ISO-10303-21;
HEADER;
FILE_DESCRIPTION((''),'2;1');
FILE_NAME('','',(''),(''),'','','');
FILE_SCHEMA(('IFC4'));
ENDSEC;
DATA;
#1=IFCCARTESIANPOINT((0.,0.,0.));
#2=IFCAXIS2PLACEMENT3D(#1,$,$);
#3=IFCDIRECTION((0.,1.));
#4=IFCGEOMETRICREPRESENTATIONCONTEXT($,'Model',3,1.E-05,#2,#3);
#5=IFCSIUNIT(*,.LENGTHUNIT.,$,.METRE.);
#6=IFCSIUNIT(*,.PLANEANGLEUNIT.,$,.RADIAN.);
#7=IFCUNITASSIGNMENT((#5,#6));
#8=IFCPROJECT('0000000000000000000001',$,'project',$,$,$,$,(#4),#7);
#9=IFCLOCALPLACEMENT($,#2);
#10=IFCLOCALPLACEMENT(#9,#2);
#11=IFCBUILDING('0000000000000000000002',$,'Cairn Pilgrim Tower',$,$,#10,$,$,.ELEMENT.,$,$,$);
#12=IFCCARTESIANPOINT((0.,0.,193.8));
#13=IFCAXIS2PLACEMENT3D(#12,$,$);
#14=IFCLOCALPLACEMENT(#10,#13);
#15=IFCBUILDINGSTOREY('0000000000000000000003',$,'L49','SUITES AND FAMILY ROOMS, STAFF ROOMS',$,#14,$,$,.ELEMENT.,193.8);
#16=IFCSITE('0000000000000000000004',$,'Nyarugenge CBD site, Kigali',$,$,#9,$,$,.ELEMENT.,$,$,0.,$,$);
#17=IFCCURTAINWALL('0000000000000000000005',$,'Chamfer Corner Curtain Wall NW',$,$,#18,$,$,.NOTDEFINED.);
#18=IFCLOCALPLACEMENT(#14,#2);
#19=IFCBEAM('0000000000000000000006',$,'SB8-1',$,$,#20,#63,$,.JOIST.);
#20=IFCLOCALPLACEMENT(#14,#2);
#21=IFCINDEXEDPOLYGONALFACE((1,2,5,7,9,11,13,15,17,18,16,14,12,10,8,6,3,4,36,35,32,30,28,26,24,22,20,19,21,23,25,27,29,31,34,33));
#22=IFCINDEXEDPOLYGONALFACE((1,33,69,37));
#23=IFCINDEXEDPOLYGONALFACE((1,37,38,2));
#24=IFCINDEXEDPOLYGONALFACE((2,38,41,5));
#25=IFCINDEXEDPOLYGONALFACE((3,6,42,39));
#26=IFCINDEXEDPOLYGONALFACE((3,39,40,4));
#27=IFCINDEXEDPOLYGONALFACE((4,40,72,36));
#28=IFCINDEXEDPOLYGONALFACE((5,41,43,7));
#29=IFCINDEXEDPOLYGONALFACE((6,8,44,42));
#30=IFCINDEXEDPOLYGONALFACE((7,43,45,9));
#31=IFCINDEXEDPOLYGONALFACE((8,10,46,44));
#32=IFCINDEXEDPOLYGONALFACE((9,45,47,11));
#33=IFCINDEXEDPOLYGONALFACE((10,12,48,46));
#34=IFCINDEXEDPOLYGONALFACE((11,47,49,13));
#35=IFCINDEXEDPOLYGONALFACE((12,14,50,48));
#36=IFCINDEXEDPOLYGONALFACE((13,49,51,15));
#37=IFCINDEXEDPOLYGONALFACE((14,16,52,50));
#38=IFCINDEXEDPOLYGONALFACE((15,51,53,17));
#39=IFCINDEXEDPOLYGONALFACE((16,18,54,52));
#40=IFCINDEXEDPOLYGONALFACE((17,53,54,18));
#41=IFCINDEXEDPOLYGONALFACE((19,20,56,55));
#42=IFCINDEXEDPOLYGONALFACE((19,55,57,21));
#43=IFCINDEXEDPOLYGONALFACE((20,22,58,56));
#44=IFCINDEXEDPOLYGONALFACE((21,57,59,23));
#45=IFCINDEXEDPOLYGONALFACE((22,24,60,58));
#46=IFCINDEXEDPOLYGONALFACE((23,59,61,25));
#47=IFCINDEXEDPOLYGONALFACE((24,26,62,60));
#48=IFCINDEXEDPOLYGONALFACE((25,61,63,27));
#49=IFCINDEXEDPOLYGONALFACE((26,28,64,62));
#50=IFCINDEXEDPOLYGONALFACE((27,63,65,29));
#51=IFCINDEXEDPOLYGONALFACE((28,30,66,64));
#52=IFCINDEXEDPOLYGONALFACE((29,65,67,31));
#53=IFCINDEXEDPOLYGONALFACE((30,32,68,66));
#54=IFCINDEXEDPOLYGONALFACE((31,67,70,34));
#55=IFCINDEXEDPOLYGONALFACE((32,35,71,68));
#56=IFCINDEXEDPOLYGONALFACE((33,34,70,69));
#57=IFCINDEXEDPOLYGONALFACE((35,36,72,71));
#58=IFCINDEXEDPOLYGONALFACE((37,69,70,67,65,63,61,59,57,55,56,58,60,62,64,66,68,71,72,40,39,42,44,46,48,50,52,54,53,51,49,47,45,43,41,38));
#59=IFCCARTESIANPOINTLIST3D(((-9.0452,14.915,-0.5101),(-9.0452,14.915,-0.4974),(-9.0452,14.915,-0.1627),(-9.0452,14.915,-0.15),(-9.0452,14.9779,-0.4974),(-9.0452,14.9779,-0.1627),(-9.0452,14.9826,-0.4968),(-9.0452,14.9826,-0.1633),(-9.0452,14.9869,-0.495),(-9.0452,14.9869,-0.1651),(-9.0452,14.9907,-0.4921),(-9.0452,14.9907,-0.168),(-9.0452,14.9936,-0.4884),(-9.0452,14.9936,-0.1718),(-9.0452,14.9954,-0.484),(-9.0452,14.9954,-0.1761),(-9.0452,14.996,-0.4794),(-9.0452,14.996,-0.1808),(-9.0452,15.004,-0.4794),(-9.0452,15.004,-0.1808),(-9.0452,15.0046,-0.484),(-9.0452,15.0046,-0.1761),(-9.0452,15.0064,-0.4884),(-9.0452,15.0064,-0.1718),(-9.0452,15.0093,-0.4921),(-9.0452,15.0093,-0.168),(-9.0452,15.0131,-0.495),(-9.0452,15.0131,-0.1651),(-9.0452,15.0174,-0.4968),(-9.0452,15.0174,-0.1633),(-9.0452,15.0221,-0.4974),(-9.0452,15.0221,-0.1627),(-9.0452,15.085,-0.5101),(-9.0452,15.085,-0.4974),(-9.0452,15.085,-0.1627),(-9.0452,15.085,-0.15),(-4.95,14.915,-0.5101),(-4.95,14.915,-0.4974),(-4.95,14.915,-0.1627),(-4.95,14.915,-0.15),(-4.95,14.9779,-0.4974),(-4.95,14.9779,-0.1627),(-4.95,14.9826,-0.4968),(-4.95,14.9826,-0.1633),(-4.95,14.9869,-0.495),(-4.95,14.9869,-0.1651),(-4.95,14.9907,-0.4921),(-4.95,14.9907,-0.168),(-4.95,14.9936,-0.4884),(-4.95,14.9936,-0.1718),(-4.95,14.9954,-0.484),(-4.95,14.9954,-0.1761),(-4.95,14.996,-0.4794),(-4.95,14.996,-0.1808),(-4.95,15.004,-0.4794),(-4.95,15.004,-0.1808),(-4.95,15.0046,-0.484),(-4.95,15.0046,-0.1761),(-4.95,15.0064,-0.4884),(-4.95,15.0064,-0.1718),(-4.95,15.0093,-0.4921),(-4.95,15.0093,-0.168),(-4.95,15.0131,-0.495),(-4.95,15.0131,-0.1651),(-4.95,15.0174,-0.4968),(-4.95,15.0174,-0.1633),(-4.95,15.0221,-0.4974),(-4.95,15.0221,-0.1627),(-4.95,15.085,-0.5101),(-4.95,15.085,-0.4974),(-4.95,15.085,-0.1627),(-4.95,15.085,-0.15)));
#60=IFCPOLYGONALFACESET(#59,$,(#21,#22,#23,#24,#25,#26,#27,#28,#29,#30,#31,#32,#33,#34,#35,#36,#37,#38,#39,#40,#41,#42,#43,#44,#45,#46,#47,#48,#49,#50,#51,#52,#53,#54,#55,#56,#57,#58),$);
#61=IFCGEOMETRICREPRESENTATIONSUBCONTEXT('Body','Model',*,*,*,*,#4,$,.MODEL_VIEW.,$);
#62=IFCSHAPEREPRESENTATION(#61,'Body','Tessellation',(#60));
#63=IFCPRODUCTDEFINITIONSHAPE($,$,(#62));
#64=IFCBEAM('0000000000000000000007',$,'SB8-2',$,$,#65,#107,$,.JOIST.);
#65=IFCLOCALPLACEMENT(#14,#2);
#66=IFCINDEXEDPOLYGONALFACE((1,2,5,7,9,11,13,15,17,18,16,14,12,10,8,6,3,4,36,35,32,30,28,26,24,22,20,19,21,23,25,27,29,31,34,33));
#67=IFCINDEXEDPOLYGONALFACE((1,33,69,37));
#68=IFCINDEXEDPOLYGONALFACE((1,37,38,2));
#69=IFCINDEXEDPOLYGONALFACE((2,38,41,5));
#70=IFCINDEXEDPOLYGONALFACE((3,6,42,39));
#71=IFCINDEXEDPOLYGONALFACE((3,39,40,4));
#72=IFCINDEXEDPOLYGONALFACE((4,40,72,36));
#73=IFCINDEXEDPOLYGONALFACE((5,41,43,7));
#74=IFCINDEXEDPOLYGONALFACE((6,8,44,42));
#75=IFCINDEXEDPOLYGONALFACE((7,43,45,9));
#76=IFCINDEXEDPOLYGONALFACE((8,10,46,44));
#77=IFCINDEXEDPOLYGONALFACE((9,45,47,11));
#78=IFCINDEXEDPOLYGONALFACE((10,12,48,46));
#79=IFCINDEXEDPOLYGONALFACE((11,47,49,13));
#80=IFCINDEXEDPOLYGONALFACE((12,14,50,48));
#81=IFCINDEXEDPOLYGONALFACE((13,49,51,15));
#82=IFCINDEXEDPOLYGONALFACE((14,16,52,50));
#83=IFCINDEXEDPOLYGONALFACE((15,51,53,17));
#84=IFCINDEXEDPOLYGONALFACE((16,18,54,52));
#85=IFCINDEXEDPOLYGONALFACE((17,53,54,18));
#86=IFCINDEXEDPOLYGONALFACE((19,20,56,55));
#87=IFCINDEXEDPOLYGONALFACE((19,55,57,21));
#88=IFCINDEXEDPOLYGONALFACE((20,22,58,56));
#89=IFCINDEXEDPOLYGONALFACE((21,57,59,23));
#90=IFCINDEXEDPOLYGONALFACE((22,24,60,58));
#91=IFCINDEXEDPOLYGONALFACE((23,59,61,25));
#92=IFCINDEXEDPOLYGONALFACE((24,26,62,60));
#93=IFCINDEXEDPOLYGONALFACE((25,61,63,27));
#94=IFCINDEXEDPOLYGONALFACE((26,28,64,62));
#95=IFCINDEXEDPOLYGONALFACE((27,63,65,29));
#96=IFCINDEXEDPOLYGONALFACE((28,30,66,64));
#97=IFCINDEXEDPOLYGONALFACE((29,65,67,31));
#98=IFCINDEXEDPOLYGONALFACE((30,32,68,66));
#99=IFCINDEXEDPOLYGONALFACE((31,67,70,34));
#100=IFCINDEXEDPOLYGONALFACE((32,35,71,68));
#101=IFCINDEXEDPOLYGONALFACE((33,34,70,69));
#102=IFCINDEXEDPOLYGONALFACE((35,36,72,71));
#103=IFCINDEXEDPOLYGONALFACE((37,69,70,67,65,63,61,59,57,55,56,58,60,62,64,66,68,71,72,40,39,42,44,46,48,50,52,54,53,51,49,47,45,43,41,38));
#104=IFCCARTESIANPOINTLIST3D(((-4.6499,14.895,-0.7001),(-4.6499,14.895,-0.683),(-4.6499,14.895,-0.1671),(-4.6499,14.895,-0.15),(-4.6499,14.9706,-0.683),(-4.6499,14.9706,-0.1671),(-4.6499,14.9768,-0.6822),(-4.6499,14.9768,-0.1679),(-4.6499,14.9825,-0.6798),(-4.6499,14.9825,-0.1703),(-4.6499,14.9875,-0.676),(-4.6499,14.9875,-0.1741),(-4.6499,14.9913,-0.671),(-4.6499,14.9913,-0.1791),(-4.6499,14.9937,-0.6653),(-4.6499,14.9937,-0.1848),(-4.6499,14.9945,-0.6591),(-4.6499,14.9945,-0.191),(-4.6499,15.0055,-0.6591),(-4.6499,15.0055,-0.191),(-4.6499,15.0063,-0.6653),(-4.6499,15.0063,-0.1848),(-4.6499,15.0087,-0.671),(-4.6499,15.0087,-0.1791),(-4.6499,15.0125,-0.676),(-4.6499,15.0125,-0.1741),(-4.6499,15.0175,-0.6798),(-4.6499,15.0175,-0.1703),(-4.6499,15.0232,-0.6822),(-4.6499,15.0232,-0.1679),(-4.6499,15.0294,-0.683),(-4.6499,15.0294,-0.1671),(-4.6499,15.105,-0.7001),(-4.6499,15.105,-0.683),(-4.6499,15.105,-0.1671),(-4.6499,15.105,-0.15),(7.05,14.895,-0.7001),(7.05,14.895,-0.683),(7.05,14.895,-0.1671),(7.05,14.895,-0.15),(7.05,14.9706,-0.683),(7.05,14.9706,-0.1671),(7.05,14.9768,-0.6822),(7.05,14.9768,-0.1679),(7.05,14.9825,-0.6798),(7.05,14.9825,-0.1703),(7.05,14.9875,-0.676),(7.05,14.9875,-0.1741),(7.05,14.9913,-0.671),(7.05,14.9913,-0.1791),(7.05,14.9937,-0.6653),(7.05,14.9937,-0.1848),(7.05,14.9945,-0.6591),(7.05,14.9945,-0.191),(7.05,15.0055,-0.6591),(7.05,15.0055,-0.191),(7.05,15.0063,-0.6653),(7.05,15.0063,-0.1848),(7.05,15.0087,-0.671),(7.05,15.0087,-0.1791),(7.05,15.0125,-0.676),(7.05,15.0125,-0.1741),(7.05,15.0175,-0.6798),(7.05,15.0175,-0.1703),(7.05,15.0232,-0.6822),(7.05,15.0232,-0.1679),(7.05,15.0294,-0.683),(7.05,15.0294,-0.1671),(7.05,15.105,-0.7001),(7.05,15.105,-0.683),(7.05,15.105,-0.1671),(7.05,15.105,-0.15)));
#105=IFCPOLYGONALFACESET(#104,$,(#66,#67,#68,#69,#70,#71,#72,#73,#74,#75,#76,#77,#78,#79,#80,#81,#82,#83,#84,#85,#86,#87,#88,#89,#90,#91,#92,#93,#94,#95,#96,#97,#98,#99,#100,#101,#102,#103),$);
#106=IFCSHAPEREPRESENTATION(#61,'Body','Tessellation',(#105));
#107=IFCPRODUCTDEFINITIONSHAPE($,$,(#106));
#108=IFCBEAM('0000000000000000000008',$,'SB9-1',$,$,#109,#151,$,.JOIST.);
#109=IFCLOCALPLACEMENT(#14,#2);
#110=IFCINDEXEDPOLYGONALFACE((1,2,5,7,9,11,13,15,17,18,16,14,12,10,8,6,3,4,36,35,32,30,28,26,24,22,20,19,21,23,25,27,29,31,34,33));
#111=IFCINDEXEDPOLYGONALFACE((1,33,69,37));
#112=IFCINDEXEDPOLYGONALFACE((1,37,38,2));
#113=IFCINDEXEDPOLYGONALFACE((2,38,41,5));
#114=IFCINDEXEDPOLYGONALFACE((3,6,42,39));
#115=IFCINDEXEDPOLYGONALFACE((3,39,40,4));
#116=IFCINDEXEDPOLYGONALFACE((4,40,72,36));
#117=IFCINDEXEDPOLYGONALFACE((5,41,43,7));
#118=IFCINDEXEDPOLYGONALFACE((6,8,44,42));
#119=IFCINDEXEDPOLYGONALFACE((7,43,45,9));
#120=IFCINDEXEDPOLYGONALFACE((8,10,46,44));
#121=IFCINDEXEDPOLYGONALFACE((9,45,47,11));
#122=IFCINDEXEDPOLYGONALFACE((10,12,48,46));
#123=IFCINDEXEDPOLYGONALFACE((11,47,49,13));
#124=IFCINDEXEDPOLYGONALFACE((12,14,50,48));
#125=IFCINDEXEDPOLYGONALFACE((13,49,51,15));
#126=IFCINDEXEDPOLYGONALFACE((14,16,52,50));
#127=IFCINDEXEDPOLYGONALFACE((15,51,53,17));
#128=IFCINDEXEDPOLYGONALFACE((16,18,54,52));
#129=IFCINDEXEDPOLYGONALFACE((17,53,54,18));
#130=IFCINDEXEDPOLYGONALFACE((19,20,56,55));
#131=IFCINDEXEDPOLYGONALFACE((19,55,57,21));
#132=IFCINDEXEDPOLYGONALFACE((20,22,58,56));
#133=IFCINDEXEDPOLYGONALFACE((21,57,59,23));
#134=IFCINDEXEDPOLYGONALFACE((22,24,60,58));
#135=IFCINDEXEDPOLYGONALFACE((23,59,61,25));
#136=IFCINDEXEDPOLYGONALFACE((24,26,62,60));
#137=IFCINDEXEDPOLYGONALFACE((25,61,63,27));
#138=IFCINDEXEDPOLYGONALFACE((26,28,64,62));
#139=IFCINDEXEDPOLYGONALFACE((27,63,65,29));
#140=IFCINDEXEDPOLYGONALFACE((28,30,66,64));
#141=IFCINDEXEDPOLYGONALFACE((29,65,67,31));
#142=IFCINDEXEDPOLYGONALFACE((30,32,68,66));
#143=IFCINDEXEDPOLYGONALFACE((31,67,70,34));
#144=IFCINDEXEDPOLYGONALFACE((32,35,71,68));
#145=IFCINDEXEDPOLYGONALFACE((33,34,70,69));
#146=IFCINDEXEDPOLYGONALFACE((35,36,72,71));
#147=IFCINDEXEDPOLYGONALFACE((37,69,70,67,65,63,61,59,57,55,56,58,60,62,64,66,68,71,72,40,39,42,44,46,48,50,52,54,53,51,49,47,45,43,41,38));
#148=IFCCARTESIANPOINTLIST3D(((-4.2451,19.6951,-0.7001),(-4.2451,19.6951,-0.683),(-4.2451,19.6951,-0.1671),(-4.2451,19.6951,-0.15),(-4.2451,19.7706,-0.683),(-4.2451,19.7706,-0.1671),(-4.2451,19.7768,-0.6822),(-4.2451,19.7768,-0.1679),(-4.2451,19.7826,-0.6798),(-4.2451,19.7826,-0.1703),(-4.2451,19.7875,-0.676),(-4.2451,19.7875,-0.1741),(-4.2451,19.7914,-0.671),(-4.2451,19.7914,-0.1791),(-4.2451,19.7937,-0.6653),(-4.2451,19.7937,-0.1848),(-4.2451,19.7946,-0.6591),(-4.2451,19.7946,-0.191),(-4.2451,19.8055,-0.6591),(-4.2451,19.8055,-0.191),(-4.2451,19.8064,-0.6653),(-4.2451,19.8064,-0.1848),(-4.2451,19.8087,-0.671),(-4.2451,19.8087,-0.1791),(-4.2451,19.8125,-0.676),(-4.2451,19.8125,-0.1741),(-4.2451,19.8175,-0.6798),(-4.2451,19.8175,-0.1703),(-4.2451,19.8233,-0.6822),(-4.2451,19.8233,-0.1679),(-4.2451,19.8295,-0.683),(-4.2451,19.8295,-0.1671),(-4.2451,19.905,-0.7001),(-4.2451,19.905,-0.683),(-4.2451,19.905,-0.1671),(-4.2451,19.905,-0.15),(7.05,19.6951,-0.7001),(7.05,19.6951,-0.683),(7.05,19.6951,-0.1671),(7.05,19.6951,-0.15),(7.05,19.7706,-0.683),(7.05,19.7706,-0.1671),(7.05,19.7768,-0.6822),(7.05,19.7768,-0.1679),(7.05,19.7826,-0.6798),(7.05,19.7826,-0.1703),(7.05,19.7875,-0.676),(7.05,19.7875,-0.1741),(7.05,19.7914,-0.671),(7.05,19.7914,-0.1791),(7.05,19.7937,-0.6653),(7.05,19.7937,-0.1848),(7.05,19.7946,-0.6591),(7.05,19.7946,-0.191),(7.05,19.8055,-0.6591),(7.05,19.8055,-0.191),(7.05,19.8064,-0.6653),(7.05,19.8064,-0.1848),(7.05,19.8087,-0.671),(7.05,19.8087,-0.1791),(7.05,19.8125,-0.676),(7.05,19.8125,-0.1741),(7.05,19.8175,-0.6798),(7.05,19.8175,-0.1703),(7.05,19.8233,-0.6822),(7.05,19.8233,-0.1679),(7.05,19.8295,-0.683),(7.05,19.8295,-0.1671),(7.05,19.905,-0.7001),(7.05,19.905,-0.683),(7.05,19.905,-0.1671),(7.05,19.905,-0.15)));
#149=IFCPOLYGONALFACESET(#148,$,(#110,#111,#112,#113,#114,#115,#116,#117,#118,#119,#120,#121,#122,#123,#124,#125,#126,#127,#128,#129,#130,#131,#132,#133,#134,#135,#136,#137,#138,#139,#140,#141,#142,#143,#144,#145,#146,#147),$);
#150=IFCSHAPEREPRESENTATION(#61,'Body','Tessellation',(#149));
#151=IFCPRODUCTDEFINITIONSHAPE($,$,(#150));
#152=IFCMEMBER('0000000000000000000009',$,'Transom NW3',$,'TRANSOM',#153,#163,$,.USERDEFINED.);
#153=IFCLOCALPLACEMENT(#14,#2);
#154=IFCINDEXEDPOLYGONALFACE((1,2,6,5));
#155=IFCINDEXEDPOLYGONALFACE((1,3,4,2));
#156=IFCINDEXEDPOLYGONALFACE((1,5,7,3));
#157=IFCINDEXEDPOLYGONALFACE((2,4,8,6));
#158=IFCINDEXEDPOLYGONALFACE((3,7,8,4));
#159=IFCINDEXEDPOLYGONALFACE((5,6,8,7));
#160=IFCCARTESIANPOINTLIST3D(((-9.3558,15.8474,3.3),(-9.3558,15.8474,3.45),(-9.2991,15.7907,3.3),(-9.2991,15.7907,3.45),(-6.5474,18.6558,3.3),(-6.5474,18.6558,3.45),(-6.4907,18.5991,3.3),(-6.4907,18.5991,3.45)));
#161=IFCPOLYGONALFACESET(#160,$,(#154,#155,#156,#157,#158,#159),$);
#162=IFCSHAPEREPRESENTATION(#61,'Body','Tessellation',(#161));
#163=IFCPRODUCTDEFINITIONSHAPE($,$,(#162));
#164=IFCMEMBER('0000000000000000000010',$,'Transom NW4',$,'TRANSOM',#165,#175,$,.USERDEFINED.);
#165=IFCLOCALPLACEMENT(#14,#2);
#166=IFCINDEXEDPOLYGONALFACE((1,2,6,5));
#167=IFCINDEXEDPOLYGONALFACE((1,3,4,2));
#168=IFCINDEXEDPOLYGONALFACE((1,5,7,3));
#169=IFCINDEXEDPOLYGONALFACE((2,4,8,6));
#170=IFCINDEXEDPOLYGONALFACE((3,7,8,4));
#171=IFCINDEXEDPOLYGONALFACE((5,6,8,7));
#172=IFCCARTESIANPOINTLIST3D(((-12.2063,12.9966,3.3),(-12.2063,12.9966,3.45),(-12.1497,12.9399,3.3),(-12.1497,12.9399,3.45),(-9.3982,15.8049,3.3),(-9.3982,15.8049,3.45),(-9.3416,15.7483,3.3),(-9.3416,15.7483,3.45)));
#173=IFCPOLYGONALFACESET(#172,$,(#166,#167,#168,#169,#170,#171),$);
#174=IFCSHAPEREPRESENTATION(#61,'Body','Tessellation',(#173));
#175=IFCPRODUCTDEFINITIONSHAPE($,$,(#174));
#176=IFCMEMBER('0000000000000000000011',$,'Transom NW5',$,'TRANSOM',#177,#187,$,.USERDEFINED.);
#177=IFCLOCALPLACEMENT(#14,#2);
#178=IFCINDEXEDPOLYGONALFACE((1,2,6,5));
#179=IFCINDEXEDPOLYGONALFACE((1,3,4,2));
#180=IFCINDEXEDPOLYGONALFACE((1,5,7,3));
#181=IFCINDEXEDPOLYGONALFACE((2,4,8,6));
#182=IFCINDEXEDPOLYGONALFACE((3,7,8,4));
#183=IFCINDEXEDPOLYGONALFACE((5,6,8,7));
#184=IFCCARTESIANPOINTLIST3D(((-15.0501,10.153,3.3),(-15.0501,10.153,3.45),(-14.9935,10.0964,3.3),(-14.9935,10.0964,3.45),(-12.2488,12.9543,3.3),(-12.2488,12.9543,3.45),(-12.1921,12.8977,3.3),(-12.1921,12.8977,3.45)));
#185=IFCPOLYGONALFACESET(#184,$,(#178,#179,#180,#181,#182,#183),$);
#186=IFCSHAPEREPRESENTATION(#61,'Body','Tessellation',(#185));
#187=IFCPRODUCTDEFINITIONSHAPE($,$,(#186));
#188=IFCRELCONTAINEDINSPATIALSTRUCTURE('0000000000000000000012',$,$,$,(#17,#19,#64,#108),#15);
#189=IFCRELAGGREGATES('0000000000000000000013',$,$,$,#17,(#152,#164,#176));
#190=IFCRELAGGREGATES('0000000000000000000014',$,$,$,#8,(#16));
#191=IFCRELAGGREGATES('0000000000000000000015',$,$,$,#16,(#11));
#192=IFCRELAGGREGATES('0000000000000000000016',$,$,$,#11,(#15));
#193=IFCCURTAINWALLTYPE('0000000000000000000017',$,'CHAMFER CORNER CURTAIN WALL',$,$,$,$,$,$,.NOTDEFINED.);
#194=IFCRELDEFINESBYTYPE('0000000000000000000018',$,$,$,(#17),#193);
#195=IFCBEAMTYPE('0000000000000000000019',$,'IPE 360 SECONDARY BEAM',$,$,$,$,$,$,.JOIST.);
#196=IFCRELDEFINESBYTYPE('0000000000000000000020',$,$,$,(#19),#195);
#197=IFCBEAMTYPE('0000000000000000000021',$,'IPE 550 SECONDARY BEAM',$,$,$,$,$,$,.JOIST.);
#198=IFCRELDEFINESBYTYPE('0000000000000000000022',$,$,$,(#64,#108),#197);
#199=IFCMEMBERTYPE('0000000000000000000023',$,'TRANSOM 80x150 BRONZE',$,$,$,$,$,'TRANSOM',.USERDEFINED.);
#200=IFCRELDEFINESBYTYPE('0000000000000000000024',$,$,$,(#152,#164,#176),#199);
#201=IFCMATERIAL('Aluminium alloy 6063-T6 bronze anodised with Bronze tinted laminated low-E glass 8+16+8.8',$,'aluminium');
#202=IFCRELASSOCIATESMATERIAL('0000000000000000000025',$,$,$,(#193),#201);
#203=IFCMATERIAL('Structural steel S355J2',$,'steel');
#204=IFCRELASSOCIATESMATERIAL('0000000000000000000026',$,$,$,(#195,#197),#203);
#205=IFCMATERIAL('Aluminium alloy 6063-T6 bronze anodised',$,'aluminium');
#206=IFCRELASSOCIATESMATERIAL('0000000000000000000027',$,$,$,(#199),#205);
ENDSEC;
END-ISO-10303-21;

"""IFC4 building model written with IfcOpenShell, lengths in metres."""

from ifc_helpers import new_model, si_unit, direction, frame, origin, origin_2d, place, context, subcontext, project, spatial, rectangle, i_section, extrude, material, material_profile, profile_set, type_object, element, aggregate, save


model = new_model("IFC4")

# Units and contexts
model_context = context("Model", 3, precision=1e-05, world=origin(), true_north=direction((0.0, 1.0)))
body_context = subcontext(model_context, "Body", "Model", "MODEL_VIEW")
ifc_project = project(units=[si_unit("LENGTHUNIT", "METRE"), si_unit("PLANEANGLEUNIT", "RADIAN")], contexts=[model_context])

# Site, building, storey
site_placement = place(None, origin())
site = spatial("IfcSite", under=ifc_project, at=site_placement, Name="Nyarugenge CBD site, Kigali", CompositionType="ELEMENT", RefElevation=0.0)
building_placement = place(site_placement, origin())
building = spatial("IfcBuilding", under=site, at=building_placement, Name="Cairn Pilgrim Tower", CompositionType="ELEMENT")
storey_placement = place(building_placement, frame((0.0, 0.0, 193.8)))
storey = spatial("IfcBuildingStorey", under=building, at=storey_placement, Name="L49", Description="SUITES AND FAMILY ROOMS, STAFF ROOMS", CompositionType="ELEMENT", Elevation=193.8)

# Shared definitions
ifc_material_1 = material(Name="Structural steel S355J2", Category="steel")

# Curtain wall
ifc_material_2 = material(Name="Aluminium alloy 6063-T6 bronze anodised with Bronze tinted laminated low-E glass 8+16+8.8", Category="aluminium")
curtain_wall_type = type_object("IfcCurtainWallType", Name="CHAMFER CORNER CURTAIN WALL", PredefinedType="NOTDEFINED", material=ifc_material_2)
curtain_wall_placement = place(storey_placement, origin())
curtain_wall = element("IfcCurtainWall", 1, at=curtain_wall_placement, inside=storey, type_object=curtain_wall_type, Name="Chamfer Corner Curtain Wall NW", PredefinedType="NOTDEFINED")
ifc_material_3 = material(Name="Aluminium alloy 6063-T6 bronze anodised", Category="aluminium")

# Beams
ifc_material_profile_1 = material_profile(ifc_material_1, i_section(OverallWidth=0.1699, OverallDepth=0.3601, WebThickness=0.0081, FlangeThickness=0.0127, FilletRadius=0.0181, at=origin_2d()), Name="IPE 360")
ifc_profile_set_1 = profile_set([ifc_material_profile_1], Name="Structural steel S355J2")
beam_type_1 = type_object("IfcBeamType", Name="IPE 360 SECONDARY BEAM", PredefinedType="JOIST", material=ifc_profile_set_1)
beam_1_placement = place(storey_placement, frame((-9.0452, 15.0, -0.3301), z_axis=(1.0, 0.0, 0.0), x_axis=(0.0, 1.0, 0.0)))
element("IfcBeam", 2, at=beam_1_placement, inside=storey, type_object=beam_type_1, Name="SB8-1", PredefinedType="JOIST", context=body_context, shape_type="SweptSolid", body=[
    extrude(i_section(OverallWidth=0.1699, OverallDepth=0.3601, WebThickness=0.0081, FlangeThickness=0.0127, FilletRadius=0.0181, at=origin_2d()), origin(), (0.0, 0.0, 1.0), 4.0952),
])
ifc_material_profile_2 = material_profile(ifc_material_1, i_section(OverallWidth=0.21, OverallDepth=0.55, WebThickness=0.011, FlangeThickness=0.0171, FilletRadius=0.0239, at=origin_2d()), Name="IPE 550")
ifc_profile_set_2 = profile_set([ifc_material_profile_2], Name="Structural steel S355J2")
beam_type_2 = type_object("IfcBeamType", Name="IPE 550 SECONDARY BEAM", PredefinedType="JOIST", material=ifc_profile_set_2)
beam_2_placement = place(storey_placement, frame((-4.6499, 15.0, -0.425), z_axis=(1.0, 0.0, 0.0), x_axis=(0.0, 1.0, 0.0)))
element("IfcBeam", 3, at=beam_2_placement, inside=storey, type_object=beam_type_2, Name="SB8-2", PredefinedType="JOIST", context=body_context, shape_type="SweptSolid", body=[
    extrude(i_section(OverallWidth=0.21, OverallDepth=0.55, WebThickness=0.011, FlangeThickness=0.0171, FilletRadius=0.0239, at=origin_2d()), origin(), (0.0, 0.0, 1.0), 11.7),
])
beam_3_placement = place(storey_placement, frame((-4.2451, 19.8, -0.425), z_axis=(1.0, 0.0, 0.0), x_axis=(0.0, 1.0, 0.0)))
element("IfcBeam", 4, at=beam_3_placement, inside=storey, type_object=beam_type_2, Name="SB9-1", PredefinedType="JOIST", context=body_context, shape_type="SweptSolid", body=[
    extrude(i_section(OverallWidth=0.21, OverallDepth=0.55, WebThickness=0.011, FlangeThickness=0.0171, FilletRadius=0.0239, at=origin_2d()), origin(), (0.0, 0.0, 1.0), 11.2952),
])

# Members
ifc_material_profile_3 = material_profile(ifc_material_3, rectangle(XDim=0.0801, YDim=0.1499, at=origin_2d()), Name="TRANSOM 80x150 BRONZE")
ifc_profile_set_3 = profile_set([ifc_material_profile_3], Name="Aluminium alloy 6063-T6 bronze anodised")
member_type_1 = type_object("IfcMemberType", Name="TRANSOM 80x150 BRONZE", ElementType="TRANSOM", PredefinedType="USERDEFINED", material=ifc_profile_set_3)
member_1_placement = place(storey_placement, frame((-6.519, 18.6274, 3.375), z_axis=(-0.707107, -0.707107, 0.0), x_axis=(0.707107, -0.707107, 0.0)))
member_1 = element("IfcMember", 5, at=member_1_placement, type_object=member_type_1, Name="Transom NW3", ObjectType="TRANSOM", PredefinedType="USERDEFINED", context=body_context, shape_type="SweptSolid", body=[
    extrude(rectangle(XDim=0.0801, YDim=0.1499, at=origin_2d()), origin(), (0.0, 0.0, 1.0), 3.9717),
])
member_2_placement = place(storey_placement, frame((-9.3699, 15.7766, 3.375), z_axis=(-0.707076, -0.707138, 0.0), x_axis=(0.707138, -0.707076, 0.0)))
member_2 = element("IfcMember", 6, at=member_2_placement, type_object=member_type_1, Name="Transom NW4", ObjectType="TRANSOM", PredefinedType="USERDEFINED", context=body_context, shape_type="SweptSolid", body=[
    extrude(rectangle(XDim=0.0801, YDim=0.1499, at=origin_2d()), origin(), (0.0, 0.0, 1.0), 3.9714),
])
member_3_placement = place(storey_placement, frame((-12.2205, 12.926, 3.375), z_axis=(-0.707107, -0.707107, 0.0), x_axis=(0.707107, -0.707107, 0.0)))
member_3 = element("IfcMember", 7, at=member_3_placement, type_object=member_type_1, Name="Transom NW5", ObjectType="TRANSOM", PredefinedType="USERDEFINED", context=body_context, shape_type="SweptSolid", body=[
    extrude(rectangle(XDim=0.0801, YDim=0.1499, at=origin_2d()), origin(), (0.0, 0.0, 1.0), 3.9617),
])

aggregate(curtain_wall, [member_1, member_2, member_3])

save(model, "model.ifc")
